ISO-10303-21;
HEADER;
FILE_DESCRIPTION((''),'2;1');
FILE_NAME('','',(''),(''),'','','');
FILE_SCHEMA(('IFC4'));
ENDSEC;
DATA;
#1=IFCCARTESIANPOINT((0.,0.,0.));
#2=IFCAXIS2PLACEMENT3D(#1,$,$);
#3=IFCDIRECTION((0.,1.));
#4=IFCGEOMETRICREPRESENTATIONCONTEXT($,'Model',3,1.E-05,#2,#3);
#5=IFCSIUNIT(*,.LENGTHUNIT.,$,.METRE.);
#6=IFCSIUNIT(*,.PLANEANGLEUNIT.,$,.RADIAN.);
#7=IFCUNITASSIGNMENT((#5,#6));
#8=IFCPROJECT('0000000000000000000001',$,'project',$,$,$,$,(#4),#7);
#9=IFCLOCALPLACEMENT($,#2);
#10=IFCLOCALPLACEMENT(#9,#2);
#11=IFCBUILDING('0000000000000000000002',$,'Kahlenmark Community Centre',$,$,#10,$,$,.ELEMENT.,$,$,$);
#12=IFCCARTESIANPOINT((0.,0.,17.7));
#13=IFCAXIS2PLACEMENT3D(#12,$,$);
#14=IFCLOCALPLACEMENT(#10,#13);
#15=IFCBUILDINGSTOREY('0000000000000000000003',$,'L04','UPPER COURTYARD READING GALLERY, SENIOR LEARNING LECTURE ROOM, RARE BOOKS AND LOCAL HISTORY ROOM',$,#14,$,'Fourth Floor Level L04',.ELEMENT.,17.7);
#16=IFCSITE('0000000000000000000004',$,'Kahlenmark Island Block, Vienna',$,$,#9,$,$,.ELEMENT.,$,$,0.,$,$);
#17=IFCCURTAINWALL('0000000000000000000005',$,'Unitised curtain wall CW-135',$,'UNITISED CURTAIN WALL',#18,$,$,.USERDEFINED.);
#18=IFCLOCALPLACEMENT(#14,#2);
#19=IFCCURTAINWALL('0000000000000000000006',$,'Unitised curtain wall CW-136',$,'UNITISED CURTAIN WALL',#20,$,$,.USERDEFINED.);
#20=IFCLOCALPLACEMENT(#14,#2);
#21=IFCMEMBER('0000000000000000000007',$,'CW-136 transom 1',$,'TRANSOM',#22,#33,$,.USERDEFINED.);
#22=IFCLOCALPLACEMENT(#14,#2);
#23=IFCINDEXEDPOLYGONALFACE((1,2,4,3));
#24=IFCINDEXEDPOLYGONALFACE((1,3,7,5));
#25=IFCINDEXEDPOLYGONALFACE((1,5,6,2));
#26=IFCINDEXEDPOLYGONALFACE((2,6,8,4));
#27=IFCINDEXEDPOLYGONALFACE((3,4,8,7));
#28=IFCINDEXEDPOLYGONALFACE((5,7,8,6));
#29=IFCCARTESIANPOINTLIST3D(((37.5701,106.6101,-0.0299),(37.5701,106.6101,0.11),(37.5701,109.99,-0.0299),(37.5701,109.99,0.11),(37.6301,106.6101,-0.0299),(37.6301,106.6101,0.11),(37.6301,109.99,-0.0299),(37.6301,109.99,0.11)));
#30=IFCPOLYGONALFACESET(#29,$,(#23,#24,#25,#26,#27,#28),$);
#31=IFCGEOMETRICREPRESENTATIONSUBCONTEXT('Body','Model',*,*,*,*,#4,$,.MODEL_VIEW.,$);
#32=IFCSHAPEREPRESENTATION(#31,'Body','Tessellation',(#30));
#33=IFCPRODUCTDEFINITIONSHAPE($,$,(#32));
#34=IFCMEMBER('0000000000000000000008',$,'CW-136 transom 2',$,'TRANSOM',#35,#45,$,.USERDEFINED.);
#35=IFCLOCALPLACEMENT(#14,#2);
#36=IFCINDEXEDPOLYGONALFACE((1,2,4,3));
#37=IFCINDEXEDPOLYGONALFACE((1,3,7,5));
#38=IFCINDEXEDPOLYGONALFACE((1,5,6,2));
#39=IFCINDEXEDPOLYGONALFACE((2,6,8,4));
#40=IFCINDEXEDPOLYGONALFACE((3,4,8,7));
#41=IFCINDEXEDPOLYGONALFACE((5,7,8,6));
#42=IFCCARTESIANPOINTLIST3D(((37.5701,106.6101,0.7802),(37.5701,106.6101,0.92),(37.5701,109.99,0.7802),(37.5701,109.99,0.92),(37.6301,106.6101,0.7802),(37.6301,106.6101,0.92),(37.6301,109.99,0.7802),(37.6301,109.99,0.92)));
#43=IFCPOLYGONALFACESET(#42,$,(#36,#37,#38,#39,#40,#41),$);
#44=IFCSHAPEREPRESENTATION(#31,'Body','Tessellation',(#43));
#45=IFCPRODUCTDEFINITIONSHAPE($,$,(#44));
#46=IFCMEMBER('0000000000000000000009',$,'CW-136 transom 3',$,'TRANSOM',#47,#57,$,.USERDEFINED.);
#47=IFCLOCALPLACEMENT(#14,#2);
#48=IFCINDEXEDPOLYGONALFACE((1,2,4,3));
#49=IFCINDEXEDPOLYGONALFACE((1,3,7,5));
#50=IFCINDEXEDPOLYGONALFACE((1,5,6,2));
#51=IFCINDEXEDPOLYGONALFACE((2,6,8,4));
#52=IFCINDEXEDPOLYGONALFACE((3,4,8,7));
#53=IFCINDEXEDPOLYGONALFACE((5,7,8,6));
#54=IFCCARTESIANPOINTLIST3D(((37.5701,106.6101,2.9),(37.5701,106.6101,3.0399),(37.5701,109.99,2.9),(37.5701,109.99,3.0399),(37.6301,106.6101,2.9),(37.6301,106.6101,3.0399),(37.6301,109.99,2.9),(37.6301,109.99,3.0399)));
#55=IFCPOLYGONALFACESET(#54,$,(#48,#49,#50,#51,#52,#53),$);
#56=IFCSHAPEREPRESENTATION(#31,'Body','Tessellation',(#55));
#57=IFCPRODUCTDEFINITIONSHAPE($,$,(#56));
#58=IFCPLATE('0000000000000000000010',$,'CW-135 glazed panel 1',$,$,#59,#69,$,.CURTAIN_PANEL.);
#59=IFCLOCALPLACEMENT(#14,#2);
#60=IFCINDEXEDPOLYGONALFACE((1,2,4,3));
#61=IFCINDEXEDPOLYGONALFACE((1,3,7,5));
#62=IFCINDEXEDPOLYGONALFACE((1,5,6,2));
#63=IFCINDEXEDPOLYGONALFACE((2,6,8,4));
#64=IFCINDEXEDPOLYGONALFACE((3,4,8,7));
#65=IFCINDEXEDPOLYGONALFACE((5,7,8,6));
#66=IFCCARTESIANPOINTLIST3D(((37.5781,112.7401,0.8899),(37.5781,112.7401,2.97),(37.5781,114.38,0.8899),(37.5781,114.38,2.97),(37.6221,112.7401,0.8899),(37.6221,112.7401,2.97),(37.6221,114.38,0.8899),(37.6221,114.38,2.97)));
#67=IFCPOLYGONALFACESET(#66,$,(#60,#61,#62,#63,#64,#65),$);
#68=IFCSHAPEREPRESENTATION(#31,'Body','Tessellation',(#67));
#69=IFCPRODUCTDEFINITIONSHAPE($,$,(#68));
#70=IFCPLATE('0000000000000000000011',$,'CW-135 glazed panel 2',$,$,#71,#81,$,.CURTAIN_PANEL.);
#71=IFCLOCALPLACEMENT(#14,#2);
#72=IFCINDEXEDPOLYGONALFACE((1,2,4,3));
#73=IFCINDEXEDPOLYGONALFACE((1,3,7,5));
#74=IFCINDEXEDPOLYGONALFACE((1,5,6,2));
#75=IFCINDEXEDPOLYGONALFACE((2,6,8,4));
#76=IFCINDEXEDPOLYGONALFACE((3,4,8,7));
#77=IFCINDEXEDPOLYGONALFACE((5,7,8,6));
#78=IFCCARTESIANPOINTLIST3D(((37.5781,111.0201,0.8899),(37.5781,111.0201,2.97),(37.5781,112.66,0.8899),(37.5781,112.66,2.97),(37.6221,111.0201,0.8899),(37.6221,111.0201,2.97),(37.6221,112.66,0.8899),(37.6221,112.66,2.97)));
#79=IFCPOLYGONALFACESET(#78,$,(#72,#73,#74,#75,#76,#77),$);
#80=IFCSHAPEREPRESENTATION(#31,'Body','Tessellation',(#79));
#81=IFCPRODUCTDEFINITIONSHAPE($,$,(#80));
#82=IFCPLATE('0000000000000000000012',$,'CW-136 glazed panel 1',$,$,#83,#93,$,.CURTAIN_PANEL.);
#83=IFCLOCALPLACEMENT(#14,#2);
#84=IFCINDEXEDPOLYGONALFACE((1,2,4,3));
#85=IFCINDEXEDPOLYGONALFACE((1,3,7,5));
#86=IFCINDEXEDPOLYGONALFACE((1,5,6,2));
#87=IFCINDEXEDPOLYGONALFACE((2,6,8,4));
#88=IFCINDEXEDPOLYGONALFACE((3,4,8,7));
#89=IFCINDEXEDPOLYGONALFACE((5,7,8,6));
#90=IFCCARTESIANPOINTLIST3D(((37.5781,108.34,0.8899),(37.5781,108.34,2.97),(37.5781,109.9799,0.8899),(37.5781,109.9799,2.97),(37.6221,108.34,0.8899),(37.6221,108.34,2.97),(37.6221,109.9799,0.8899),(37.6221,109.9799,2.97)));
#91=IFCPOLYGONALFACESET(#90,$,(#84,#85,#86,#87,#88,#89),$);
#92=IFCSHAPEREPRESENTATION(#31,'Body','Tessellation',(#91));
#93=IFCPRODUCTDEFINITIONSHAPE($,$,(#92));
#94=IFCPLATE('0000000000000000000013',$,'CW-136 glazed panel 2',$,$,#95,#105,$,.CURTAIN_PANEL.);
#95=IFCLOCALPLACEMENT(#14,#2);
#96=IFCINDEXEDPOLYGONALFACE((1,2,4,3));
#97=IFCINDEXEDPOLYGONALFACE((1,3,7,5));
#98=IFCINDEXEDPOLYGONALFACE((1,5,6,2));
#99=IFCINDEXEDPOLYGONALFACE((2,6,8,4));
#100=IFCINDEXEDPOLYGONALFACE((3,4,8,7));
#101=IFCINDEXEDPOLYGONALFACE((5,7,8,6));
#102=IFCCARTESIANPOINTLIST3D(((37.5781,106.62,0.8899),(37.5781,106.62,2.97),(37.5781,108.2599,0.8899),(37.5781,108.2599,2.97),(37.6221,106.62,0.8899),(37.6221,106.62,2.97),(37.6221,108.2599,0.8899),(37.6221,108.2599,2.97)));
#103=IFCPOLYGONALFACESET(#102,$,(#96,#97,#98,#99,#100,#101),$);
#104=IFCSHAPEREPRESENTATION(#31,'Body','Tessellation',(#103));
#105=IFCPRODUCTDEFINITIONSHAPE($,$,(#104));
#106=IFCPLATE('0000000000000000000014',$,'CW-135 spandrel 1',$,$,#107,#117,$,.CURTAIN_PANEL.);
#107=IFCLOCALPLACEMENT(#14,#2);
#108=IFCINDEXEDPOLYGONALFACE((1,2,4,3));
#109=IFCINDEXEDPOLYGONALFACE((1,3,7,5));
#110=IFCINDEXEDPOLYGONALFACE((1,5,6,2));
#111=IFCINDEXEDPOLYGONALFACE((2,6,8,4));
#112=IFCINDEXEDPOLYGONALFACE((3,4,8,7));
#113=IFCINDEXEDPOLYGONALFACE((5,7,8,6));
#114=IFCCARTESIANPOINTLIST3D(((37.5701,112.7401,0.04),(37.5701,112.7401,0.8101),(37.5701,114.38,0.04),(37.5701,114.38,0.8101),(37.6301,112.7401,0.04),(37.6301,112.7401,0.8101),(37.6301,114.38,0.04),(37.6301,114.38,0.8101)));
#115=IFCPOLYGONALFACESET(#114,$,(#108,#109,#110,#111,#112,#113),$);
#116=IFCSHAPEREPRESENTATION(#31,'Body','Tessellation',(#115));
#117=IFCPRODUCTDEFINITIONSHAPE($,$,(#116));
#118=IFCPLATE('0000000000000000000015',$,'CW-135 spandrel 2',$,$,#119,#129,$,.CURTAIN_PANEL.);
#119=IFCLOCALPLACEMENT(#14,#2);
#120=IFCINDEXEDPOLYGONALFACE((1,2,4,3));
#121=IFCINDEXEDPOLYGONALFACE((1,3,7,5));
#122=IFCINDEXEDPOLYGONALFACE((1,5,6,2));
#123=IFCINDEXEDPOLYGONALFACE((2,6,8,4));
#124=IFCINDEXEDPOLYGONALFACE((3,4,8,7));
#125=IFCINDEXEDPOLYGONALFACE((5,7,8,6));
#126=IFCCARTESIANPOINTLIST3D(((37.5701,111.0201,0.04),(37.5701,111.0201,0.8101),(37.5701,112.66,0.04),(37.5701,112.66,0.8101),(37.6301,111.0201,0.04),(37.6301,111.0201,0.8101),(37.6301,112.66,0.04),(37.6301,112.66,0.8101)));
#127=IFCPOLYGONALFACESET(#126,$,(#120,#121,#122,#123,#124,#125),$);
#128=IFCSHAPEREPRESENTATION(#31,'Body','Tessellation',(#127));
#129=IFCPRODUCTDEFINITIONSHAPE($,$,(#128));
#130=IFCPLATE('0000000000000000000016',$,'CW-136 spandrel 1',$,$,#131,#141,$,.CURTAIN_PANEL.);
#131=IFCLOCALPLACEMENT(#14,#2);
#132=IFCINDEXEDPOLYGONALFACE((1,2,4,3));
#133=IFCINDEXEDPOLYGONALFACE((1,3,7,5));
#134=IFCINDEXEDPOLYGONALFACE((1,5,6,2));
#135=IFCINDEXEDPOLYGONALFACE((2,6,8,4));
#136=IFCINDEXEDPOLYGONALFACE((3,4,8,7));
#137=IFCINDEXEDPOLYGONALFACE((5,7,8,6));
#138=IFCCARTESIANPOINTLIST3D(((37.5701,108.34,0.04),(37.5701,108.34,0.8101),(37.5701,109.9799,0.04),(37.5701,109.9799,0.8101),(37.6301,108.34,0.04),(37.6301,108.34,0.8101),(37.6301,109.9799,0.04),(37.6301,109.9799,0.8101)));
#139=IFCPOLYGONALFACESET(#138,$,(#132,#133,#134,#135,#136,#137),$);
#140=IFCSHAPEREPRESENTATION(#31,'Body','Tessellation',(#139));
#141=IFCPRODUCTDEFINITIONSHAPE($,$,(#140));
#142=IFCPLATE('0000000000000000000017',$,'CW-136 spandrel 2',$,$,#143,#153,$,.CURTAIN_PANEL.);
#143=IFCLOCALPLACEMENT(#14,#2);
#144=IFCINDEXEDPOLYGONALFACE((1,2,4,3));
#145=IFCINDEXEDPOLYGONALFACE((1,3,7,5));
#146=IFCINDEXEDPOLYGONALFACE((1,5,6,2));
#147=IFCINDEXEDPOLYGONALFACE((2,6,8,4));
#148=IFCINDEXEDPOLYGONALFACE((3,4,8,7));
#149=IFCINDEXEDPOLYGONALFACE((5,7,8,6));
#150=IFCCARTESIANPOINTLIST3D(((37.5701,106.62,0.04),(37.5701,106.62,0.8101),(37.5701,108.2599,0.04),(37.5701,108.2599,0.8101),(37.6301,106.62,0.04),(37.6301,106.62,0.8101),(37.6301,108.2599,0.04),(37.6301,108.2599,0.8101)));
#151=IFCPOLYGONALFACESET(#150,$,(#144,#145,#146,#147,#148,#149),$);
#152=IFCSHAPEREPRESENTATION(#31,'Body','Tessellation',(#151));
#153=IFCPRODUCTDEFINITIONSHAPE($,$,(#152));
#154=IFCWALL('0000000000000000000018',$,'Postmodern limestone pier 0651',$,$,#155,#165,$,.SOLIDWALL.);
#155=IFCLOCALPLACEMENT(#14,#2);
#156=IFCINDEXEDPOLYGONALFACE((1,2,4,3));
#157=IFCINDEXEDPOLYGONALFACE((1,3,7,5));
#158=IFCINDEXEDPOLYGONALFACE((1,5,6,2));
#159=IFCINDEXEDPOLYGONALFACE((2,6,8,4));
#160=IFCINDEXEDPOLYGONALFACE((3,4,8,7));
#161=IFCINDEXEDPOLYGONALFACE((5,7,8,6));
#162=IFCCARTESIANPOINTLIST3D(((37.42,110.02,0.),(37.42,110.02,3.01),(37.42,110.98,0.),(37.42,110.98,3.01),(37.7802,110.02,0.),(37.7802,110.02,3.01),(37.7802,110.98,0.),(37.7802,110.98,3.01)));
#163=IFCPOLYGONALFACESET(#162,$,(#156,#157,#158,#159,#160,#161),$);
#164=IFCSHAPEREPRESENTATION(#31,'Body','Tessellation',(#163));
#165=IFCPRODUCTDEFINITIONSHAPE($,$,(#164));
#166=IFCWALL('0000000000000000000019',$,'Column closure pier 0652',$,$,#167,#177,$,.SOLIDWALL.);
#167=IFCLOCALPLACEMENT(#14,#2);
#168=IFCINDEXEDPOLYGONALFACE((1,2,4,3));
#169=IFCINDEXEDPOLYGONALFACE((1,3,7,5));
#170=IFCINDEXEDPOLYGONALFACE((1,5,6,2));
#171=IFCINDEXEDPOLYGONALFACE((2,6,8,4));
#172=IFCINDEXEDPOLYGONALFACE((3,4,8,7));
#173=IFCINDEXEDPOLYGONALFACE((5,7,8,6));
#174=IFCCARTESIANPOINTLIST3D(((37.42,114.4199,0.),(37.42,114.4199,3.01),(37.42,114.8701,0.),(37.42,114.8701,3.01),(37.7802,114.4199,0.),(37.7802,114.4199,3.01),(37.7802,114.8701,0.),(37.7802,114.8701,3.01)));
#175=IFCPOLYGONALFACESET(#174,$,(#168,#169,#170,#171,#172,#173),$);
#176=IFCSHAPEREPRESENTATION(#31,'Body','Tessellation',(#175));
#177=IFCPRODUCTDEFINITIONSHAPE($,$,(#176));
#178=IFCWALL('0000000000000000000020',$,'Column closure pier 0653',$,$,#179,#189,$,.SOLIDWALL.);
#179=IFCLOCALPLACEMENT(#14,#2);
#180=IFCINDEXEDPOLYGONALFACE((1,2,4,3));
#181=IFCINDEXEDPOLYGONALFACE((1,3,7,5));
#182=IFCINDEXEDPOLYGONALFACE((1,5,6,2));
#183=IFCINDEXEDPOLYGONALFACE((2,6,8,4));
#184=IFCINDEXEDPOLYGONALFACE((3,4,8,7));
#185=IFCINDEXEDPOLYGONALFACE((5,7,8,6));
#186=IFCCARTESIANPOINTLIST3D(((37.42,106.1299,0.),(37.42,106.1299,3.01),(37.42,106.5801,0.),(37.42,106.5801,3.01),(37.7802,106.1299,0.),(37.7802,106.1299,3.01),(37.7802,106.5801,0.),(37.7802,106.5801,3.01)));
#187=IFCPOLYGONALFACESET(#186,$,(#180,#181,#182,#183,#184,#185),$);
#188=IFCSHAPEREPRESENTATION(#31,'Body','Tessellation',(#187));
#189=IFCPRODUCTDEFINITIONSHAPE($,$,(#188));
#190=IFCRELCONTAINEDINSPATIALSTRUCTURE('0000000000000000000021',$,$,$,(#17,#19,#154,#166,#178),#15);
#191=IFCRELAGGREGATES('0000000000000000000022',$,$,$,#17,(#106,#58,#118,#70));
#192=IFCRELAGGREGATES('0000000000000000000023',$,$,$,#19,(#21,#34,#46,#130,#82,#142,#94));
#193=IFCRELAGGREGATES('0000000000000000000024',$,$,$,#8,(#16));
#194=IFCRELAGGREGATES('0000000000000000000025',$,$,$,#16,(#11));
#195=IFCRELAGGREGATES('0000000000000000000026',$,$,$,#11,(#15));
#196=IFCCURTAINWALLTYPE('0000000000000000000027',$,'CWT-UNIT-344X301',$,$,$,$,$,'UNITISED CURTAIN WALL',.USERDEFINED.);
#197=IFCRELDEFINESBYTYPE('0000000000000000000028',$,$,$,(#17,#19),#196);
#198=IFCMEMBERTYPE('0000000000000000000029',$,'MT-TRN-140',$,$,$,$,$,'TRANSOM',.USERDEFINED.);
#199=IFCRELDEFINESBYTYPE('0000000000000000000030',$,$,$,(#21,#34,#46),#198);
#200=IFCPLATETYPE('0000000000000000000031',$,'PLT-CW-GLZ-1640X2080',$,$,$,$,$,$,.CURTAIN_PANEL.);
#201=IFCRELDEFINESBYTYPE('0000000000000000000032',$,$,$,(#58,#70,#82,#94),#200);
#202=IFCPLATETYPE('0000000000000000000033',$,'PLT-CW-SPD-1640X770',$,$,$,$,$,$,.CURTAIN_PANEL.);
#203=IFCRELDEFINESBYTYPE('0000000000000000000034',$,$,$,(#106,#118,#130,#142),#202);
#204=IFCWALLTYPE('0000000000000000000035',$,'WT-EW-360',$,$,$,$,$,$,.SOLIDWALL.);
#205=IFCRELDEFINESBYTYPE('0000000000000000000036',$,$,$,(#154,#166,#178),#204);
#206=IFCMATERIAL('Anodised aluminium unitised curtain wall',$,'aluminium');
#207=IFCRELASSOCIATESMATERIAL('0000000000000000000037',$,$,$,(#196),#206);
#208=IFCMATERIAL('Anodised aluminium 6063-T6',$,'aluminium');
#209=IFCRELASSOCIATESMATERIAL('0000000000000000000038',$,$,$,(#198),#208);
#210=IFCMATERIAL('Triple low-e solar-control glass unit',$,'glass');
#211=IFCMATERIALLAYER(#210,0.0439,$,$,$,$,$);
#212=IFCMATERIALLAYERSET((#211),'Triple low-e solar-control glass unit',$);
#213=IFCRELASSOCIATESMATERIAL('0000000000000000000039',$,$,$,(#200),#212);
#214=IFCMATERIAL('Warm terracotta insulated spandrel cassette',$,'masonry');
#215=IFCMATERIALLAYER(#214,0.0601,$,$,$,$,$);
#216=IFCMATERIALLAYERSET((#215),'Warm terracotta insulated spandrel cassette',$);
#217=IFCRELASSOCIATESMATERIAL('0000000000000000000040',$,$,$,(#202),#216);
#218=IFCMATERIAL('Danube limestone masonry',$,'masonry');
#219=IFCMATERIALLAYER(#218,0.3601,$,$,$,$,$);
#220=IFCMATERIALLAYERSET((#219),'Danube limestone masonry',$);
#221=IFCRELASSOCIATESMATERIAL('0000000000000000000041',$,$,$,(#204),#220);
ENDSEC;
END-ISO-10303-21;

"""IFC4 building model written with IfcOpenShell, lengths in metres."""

from ifc_helpers import new_model, si_unit, direction, frame, frame_2d, origin, origin_2d, place, context, subcontext, project, spatial, rectangle, extrude, material, layer, layer_set, material_profile, profile_set, type_object, element, aggregate, save


model = new_model("IFC4")

# Units and contexts
model_context = context("Model", 3, precision=1e-05, world=origin(), true_north=direction((0.0, 1.0)))
body_context = subcontext(model_context, "Body", "Model", "MODEL_VIEW")
ifc_project = project(units=[si_unit("LENGTHUNIT", "METRE"), si_unit("PLANEANGLEUNIT", "RADIAN")], contexts=[model_context])

# Site, building, storey
site_placement = place(None, origin())
site = spatial("IfcSite", under=ifc_project, at=site_placement, Name="Kahlenmark Island Block, Vienna", CompositionType="ELEMENT", RefElevation=0.0)
building_placement = place(site_placement, origin())
building = spatial("IfcBuilding", under=site, at=building_placement, Name="Kahlenmark Community Centre", CompositionType="ELEMENT")
storey_placement = place(building_placement, frame((0.0, 0.0, 17.7)))
storey = spatial("IfcBuildingStorey", under=building, at=storey_placement, Name="L04", Description="UPPER COURTYARD READING GALLERY, SENIOR LEARNING LECTURE ROOM, RARE BOOKS AND LOCAL HISTORY ROOM", LongName="Fourth Floor Level L04", CompositionType="ELEMENT", Elevation=17.7)

# Curtain walls
ifc_material_1 = material(Name="Anodised aluminium unitised curtain wall", Category="aluminium")
curtain_wall_type = type_object("IfcCurtainWallType", Name="CWT-UNIT-344X301", ElementType="UNITISED CURTAIN WALL", PredefinedType="USERDEFINED", material=ifc_material_1)
curtain_wall_1_placement = place(storey_placement, origin())
curtain_wall_1 = element("IfcCurtainWall", 1, at=curtain_wall_1_placement, inside=storey, type_object=curtain_wall_type, Name="Unitised curtain wall CW-135", ObjectType="UNITISED CURTAIN WALL", PredefinedType="USERDEFINED")
ifc_material_2 = material(Name="Anodised aluminium 6063-T6", Category="aluminium")
curtain_wall_2_placement = place(storey_placement, origin())
curtain_wall_2 = element("IfcCurtainWall", 2, at=curtain_wall_2_placement, inside=storey, type_object=curtain_wall_type, Name="Unitised curtain wall CW-136", ObjectType="UNITISED CURTAIN WALL", PredefinedType="USERDEFINED")

# Members
ifc_material_profile_1 = material_profile(ifc_material_2, rectangle(XDim=0.0601, YDim=0.1399, at=origin_2d()), Name="ALU TRANSOM 60x140")
ifc_profile_set_1 = profile_set([ifc_material_profile_1], Name="Anodised aluminium 6063-T6")
member_type_1 = type_object("IfcMemberType", Name="MT-TRN-140", ElementType="TRANSOM", PredefinedType="USERDEFINED", material=ifc_profile_set_1)
member_1_placement = place(storey_placement, frame((37.6001, 109.99, 0.04), z_axis=(0.0, -1.0, 0.0), x_axis=(1.0, 0.0, 0.0)))
member_1 = element("IfcMember", 3, at=member_1_placement, type_object=member_type_1, Name="CW-136 transom 1", ObjectType="TRANSOM", PredefinedType="USERDEFINED", context=body_context, shape_type="SweptSolid", body=[
    extrude(rectangle(XDim=0.0601, YDim=0.1399, at=origin_2d()), origin(), (0.0, 0.0, 1.0), 3.3799),
])
member_2_placement = place(storey_placement, frame((37.6001, 109.99, 0.8501), z_axis=(0.0, -1.0, 0.0), x_axis=(1.0, 0.0, 0.0)))
member_2 = element("IfcMember", 4, at=member_2_placement, type_object=member_type_1, Name="CW-136 transom 2", ObjectType="TRANSOM", PredefinedType="USERDEFINED", context=body_context, shape_type="SweptSolid", body=[
    extrude(rectangle(XDim=0.0601, YDim=0.1399, at=origin_2d()), origin(), (0.0, 0.0, 1.0), 3.3799),
])
member_3_placement = place(storey_placement, frame((37.6001, 109.99, 2.97), z_axis=(0.0, -1.0, 0.0), x_axis=(1.0, 0.0, 0.0)))
member_3 = element("IfcMember", 5, at=member_3_placement, type_object=member_type_1, Name="CW-136 transom 3", ObjectType="TRANSOM", PredefinedType="USERDEFINED", context=body_context, shape_type="SweptSolid", body=[
    extrude(rectangle(XDim=0.0601, YDim=0.1399, at=origin_2d()), origin(), (0.0, 0.0, 1.0), 3.3799),
])

# Plates
ifc_material_3 = material(Name="Triple low-e solar-control glass unit", Category="glass")
ifc_layer_1 = layer(ifc_material_3, 0.0439)
ifc_layer_set_1 = layer_set([ifc_layer_1], Name="Triple low-e solar-control glass unit")
plate_type_1 = type_object("IfcPlateType", Name="PLT-CW-GLZ-1640X2080", PredefinedType="CURTAIN_PANEL", material=ifc_layer_set_1)
plate_1_placement = place(storey_placement, frame((37.6001, 113.5601, 0.8899), z_axis=(0.0, 0.0, 1.0), x_axis=(0.0, -1.0, 0.0)))
plate_1 = element("IfcPlate", 6, at=plate_1_placement, type_object=plate_type_1, Name="CW-135 glazed panel 1", PredefinedType="CURTAIN_PANEL", context=body_context, shape_type="SweptSolid", body=[
    extrude(rectangle(XDim=1.6399, YDim=0.0439, at=origin_2d()), origin(), (0.0, 0.0, 1.0), 2.0801),
])
plate_2_placement = place(storey_placement, frame((37.6001, 111.8401, 0.8899), z_axis=(0.0, 0.0, 1.0), x_axis=(0.0, -1.0, 0.0)))
plate_2 = element("IfcPlate", 7, at=plate_2_placement, type_object=plate_type_1, Name="CW-135 glazed panel 2", PredefinedType="CURTAIN_PANEL", context=body_context, shape_type="SweptSolid", body=[
    extrude(rectangle(XDim=1.6399, YDim=0.0439, at=origin_2d()), origin(), (0.0, 0.0, 1.0), 2.0801),
])
plate_3_placement = place(storey_placement, frame((37.6001, 109.1599, 0.8899), z_axis=(0.0, 0.0, 1.0), x_axis=(0.0, -1.0, 0.0)))
plate_3 = element("IfcPlate", 8, at=plate_3_placement, type_object=plate_type_1, Name="CW-136 glazed panel 1", PredefinedType="CURTAIN_PANEL", context=body_context, shape_type="SweptSolid", body=[
    extrude(rectangle(XDim=1.6399, YDim=0.0439, at=origin_2d()), origin(), (0.0, 0.0, 1.0), 2.0801),
])
plate_4_placement = place(storey_placement, frame((37.6001, 107.4399, 0.8899), z_axis=(0.0, 0.0, 1.0), x_axis=(0.0, -1.0, 0.0)))
plate_4 = element("IfcPlate", 9, at=plate_4_placement, type_object=plate_type_1, Name="CW-136 glazed panel 2", PredefinedType="CURTAIN_PANEL", context=body_context, shape_type="SweptSolid", body=[
    extrude(rectangle(XDim=1.6399, YDim=0.0439, at=origin_2d()), origin(), (0.0, 0.0, 1.0), 2.0801),
])
ifc_material_4 = material(Name="Warm terracotta insulated spandrel cassette", Category="masonry")
ifc_layer_2 = layer(ifc_material_4, 0.0601)
ifc_layer_set_2 = layer_set([ifc_layer_2], Name="Warm terracotta insulated spandrel cassette")
plate_type_2 = type_object("IfcPlateType", Name="PLT-CW-SPD-1640X770", PredefinedType="CURTAIN_PANEL", material=ifc_layer_set_2)
plate_5_placement = place(storey_placement, frame((37.6001, 113.5601, 0.04), z_axis=(0.0, 0.0, 1.0), x_axis=(0.0, -1.0, 0.0)))
plate_5 = element("IfcPlate", 10, at=plate_5_placement, type_object=plate_type_2, Name="CW-135 spandrel 1", PredefinedType="CURTAIN_PANEL", context=body_context, shape_type="SweptSolid", body=[
    extrude(rectangle(XDim=1.6399, YDim=0.0601, at=origin_2d()), origin(), (0.0, 0.0, 1.0), 0.77),
])
plate_6_placement = place(storey_placement, frame((37.6001, 111.8401, 0.04), z_axis=(0.0, 0.0, 1.0), x_axis=(0.0, -1.0, 0.0)))
plate_6 = element("IfcPlate", 11, at=plate_6_placement, type_object=plate_type_2, Name="CW-135 spandrel 2", PredefinedType="CURTAIN_PANEL", context=body_context, shape_type="SweptSolid", body=[
    extrude(rectangle(XDim=1.6399, YDim=0.0601, at=origin_2d()), origin(), (0.0, 0.0, 1.0), 0.77),
])
aggregate(curtain_wall_1, [plate_5, plate_1, plate_6, plate_2])
plate_7_placement = place(storey_placement, frame((37.6001, 109.1599, 0.04), z_axis=(0.0, 0.0, 1.0), x_axis=(0.0, -1.0, 0.0)))
plate_7 = element("IfcPlate", 12, at=plate_7_placement, type_object=plate_type_2, Name="CW-136 spandrel 1", PredefinedType="CURTAIN_PANEL", context=body_context, shape_type="SweptSolid", body=[
    extrude(rectangle(XDim=1.6399, YDim=0.0601, at=origin_2d()), origin(), (0.0, 0.0, 1.0), 0.77),
])
plate_8_placement = place(storey_placement, frame((37.6001, 107.4399, 0.04), z_axis=(0.0, 0.0, 1.0), x_axis=(0.0, -1.0, 0.0)))
plate_8 = element("IfcPlate", 13, at=plate_8_placement, type_object=plate_type_2, Name="CW-136 spandrel 2", PredefinedType="CURTAIN_PANEL", context=body_context, shape_type="SweptSolid", body=[
    extrude(rectangle(XDim=1.6399, YDim=0.0601, at=origin_2d()), origin(), (0.0, 0.0, 1.0), 0.77),
])
aggregate(curtain_wall_2, [member_1, member_2, member_3, plate_7, plate_3, plate_8, plate_4])

# Walls
ifc_material_5 = material(Name="Danube limestone masonry", Category="masonry")
ifc_layer_3 = layer(ifc_material_5, 0.3601)
ifc_layer_set_3 = layer_set([ifc_layer_3], Name="Danube limestone masonry")
wall_type_1 = type_object("IfcWallType", Name="WT-EW-360", PredefinedType="SOLIDWALL", material=ifc_layer_set_3)
wall_1_placement = place(storey_placement, frame((37.6001, 110.98, 0.0), z_axis=(0.0, 0.0, 1.0), x_axis=(0.0, -1.0, 0.0)))
element("IfcWall", 14, at=wall_1_placement, inside=storey, type_object=wall_type_1, Name="Postmodern limestone pier 0651", PredefinedType="SOLIDWALL", context=body_context, shape_type="SweptSolid", body=[
    extrude(rectangle(XDim=0.96, YDim=0.3601, at=frame_2d((0.48, 0.0))), origin(), (0.0, 0.0, 1.0), 3.01),
])
for number, where, z_axis, x_axis, name in (
    (15, (37.6001, 114.8701, 0.0), (0.0, 0.0, 1.0), (0.0, -1.0, 0.0), "Column closure pier 0652"),
    (16, (37.6001, 106.5801, 0.0), (0.0, 0.0, 1.0), (0.0, -1.0, 0.0), "Column closure pier 0653"),
):
    element("IfcWall", number, at=place(storey_placement, frame(where, z_axis=z_axis, x_axis=x_axis)), inside=storey, type_object=wall_type_1, Name=name, PredefinedType="SOLIDWALL", context=body_context, shape_type="SweptSolid", body=[
        extrude(rectangle(XDim=0.4502, YDim=0.3601, at=frame_2d((0.2251, 0.0))), origin(), (0.0, 0.0, 1.0), 3.01),
    ])

save(model, "model.ifc")
